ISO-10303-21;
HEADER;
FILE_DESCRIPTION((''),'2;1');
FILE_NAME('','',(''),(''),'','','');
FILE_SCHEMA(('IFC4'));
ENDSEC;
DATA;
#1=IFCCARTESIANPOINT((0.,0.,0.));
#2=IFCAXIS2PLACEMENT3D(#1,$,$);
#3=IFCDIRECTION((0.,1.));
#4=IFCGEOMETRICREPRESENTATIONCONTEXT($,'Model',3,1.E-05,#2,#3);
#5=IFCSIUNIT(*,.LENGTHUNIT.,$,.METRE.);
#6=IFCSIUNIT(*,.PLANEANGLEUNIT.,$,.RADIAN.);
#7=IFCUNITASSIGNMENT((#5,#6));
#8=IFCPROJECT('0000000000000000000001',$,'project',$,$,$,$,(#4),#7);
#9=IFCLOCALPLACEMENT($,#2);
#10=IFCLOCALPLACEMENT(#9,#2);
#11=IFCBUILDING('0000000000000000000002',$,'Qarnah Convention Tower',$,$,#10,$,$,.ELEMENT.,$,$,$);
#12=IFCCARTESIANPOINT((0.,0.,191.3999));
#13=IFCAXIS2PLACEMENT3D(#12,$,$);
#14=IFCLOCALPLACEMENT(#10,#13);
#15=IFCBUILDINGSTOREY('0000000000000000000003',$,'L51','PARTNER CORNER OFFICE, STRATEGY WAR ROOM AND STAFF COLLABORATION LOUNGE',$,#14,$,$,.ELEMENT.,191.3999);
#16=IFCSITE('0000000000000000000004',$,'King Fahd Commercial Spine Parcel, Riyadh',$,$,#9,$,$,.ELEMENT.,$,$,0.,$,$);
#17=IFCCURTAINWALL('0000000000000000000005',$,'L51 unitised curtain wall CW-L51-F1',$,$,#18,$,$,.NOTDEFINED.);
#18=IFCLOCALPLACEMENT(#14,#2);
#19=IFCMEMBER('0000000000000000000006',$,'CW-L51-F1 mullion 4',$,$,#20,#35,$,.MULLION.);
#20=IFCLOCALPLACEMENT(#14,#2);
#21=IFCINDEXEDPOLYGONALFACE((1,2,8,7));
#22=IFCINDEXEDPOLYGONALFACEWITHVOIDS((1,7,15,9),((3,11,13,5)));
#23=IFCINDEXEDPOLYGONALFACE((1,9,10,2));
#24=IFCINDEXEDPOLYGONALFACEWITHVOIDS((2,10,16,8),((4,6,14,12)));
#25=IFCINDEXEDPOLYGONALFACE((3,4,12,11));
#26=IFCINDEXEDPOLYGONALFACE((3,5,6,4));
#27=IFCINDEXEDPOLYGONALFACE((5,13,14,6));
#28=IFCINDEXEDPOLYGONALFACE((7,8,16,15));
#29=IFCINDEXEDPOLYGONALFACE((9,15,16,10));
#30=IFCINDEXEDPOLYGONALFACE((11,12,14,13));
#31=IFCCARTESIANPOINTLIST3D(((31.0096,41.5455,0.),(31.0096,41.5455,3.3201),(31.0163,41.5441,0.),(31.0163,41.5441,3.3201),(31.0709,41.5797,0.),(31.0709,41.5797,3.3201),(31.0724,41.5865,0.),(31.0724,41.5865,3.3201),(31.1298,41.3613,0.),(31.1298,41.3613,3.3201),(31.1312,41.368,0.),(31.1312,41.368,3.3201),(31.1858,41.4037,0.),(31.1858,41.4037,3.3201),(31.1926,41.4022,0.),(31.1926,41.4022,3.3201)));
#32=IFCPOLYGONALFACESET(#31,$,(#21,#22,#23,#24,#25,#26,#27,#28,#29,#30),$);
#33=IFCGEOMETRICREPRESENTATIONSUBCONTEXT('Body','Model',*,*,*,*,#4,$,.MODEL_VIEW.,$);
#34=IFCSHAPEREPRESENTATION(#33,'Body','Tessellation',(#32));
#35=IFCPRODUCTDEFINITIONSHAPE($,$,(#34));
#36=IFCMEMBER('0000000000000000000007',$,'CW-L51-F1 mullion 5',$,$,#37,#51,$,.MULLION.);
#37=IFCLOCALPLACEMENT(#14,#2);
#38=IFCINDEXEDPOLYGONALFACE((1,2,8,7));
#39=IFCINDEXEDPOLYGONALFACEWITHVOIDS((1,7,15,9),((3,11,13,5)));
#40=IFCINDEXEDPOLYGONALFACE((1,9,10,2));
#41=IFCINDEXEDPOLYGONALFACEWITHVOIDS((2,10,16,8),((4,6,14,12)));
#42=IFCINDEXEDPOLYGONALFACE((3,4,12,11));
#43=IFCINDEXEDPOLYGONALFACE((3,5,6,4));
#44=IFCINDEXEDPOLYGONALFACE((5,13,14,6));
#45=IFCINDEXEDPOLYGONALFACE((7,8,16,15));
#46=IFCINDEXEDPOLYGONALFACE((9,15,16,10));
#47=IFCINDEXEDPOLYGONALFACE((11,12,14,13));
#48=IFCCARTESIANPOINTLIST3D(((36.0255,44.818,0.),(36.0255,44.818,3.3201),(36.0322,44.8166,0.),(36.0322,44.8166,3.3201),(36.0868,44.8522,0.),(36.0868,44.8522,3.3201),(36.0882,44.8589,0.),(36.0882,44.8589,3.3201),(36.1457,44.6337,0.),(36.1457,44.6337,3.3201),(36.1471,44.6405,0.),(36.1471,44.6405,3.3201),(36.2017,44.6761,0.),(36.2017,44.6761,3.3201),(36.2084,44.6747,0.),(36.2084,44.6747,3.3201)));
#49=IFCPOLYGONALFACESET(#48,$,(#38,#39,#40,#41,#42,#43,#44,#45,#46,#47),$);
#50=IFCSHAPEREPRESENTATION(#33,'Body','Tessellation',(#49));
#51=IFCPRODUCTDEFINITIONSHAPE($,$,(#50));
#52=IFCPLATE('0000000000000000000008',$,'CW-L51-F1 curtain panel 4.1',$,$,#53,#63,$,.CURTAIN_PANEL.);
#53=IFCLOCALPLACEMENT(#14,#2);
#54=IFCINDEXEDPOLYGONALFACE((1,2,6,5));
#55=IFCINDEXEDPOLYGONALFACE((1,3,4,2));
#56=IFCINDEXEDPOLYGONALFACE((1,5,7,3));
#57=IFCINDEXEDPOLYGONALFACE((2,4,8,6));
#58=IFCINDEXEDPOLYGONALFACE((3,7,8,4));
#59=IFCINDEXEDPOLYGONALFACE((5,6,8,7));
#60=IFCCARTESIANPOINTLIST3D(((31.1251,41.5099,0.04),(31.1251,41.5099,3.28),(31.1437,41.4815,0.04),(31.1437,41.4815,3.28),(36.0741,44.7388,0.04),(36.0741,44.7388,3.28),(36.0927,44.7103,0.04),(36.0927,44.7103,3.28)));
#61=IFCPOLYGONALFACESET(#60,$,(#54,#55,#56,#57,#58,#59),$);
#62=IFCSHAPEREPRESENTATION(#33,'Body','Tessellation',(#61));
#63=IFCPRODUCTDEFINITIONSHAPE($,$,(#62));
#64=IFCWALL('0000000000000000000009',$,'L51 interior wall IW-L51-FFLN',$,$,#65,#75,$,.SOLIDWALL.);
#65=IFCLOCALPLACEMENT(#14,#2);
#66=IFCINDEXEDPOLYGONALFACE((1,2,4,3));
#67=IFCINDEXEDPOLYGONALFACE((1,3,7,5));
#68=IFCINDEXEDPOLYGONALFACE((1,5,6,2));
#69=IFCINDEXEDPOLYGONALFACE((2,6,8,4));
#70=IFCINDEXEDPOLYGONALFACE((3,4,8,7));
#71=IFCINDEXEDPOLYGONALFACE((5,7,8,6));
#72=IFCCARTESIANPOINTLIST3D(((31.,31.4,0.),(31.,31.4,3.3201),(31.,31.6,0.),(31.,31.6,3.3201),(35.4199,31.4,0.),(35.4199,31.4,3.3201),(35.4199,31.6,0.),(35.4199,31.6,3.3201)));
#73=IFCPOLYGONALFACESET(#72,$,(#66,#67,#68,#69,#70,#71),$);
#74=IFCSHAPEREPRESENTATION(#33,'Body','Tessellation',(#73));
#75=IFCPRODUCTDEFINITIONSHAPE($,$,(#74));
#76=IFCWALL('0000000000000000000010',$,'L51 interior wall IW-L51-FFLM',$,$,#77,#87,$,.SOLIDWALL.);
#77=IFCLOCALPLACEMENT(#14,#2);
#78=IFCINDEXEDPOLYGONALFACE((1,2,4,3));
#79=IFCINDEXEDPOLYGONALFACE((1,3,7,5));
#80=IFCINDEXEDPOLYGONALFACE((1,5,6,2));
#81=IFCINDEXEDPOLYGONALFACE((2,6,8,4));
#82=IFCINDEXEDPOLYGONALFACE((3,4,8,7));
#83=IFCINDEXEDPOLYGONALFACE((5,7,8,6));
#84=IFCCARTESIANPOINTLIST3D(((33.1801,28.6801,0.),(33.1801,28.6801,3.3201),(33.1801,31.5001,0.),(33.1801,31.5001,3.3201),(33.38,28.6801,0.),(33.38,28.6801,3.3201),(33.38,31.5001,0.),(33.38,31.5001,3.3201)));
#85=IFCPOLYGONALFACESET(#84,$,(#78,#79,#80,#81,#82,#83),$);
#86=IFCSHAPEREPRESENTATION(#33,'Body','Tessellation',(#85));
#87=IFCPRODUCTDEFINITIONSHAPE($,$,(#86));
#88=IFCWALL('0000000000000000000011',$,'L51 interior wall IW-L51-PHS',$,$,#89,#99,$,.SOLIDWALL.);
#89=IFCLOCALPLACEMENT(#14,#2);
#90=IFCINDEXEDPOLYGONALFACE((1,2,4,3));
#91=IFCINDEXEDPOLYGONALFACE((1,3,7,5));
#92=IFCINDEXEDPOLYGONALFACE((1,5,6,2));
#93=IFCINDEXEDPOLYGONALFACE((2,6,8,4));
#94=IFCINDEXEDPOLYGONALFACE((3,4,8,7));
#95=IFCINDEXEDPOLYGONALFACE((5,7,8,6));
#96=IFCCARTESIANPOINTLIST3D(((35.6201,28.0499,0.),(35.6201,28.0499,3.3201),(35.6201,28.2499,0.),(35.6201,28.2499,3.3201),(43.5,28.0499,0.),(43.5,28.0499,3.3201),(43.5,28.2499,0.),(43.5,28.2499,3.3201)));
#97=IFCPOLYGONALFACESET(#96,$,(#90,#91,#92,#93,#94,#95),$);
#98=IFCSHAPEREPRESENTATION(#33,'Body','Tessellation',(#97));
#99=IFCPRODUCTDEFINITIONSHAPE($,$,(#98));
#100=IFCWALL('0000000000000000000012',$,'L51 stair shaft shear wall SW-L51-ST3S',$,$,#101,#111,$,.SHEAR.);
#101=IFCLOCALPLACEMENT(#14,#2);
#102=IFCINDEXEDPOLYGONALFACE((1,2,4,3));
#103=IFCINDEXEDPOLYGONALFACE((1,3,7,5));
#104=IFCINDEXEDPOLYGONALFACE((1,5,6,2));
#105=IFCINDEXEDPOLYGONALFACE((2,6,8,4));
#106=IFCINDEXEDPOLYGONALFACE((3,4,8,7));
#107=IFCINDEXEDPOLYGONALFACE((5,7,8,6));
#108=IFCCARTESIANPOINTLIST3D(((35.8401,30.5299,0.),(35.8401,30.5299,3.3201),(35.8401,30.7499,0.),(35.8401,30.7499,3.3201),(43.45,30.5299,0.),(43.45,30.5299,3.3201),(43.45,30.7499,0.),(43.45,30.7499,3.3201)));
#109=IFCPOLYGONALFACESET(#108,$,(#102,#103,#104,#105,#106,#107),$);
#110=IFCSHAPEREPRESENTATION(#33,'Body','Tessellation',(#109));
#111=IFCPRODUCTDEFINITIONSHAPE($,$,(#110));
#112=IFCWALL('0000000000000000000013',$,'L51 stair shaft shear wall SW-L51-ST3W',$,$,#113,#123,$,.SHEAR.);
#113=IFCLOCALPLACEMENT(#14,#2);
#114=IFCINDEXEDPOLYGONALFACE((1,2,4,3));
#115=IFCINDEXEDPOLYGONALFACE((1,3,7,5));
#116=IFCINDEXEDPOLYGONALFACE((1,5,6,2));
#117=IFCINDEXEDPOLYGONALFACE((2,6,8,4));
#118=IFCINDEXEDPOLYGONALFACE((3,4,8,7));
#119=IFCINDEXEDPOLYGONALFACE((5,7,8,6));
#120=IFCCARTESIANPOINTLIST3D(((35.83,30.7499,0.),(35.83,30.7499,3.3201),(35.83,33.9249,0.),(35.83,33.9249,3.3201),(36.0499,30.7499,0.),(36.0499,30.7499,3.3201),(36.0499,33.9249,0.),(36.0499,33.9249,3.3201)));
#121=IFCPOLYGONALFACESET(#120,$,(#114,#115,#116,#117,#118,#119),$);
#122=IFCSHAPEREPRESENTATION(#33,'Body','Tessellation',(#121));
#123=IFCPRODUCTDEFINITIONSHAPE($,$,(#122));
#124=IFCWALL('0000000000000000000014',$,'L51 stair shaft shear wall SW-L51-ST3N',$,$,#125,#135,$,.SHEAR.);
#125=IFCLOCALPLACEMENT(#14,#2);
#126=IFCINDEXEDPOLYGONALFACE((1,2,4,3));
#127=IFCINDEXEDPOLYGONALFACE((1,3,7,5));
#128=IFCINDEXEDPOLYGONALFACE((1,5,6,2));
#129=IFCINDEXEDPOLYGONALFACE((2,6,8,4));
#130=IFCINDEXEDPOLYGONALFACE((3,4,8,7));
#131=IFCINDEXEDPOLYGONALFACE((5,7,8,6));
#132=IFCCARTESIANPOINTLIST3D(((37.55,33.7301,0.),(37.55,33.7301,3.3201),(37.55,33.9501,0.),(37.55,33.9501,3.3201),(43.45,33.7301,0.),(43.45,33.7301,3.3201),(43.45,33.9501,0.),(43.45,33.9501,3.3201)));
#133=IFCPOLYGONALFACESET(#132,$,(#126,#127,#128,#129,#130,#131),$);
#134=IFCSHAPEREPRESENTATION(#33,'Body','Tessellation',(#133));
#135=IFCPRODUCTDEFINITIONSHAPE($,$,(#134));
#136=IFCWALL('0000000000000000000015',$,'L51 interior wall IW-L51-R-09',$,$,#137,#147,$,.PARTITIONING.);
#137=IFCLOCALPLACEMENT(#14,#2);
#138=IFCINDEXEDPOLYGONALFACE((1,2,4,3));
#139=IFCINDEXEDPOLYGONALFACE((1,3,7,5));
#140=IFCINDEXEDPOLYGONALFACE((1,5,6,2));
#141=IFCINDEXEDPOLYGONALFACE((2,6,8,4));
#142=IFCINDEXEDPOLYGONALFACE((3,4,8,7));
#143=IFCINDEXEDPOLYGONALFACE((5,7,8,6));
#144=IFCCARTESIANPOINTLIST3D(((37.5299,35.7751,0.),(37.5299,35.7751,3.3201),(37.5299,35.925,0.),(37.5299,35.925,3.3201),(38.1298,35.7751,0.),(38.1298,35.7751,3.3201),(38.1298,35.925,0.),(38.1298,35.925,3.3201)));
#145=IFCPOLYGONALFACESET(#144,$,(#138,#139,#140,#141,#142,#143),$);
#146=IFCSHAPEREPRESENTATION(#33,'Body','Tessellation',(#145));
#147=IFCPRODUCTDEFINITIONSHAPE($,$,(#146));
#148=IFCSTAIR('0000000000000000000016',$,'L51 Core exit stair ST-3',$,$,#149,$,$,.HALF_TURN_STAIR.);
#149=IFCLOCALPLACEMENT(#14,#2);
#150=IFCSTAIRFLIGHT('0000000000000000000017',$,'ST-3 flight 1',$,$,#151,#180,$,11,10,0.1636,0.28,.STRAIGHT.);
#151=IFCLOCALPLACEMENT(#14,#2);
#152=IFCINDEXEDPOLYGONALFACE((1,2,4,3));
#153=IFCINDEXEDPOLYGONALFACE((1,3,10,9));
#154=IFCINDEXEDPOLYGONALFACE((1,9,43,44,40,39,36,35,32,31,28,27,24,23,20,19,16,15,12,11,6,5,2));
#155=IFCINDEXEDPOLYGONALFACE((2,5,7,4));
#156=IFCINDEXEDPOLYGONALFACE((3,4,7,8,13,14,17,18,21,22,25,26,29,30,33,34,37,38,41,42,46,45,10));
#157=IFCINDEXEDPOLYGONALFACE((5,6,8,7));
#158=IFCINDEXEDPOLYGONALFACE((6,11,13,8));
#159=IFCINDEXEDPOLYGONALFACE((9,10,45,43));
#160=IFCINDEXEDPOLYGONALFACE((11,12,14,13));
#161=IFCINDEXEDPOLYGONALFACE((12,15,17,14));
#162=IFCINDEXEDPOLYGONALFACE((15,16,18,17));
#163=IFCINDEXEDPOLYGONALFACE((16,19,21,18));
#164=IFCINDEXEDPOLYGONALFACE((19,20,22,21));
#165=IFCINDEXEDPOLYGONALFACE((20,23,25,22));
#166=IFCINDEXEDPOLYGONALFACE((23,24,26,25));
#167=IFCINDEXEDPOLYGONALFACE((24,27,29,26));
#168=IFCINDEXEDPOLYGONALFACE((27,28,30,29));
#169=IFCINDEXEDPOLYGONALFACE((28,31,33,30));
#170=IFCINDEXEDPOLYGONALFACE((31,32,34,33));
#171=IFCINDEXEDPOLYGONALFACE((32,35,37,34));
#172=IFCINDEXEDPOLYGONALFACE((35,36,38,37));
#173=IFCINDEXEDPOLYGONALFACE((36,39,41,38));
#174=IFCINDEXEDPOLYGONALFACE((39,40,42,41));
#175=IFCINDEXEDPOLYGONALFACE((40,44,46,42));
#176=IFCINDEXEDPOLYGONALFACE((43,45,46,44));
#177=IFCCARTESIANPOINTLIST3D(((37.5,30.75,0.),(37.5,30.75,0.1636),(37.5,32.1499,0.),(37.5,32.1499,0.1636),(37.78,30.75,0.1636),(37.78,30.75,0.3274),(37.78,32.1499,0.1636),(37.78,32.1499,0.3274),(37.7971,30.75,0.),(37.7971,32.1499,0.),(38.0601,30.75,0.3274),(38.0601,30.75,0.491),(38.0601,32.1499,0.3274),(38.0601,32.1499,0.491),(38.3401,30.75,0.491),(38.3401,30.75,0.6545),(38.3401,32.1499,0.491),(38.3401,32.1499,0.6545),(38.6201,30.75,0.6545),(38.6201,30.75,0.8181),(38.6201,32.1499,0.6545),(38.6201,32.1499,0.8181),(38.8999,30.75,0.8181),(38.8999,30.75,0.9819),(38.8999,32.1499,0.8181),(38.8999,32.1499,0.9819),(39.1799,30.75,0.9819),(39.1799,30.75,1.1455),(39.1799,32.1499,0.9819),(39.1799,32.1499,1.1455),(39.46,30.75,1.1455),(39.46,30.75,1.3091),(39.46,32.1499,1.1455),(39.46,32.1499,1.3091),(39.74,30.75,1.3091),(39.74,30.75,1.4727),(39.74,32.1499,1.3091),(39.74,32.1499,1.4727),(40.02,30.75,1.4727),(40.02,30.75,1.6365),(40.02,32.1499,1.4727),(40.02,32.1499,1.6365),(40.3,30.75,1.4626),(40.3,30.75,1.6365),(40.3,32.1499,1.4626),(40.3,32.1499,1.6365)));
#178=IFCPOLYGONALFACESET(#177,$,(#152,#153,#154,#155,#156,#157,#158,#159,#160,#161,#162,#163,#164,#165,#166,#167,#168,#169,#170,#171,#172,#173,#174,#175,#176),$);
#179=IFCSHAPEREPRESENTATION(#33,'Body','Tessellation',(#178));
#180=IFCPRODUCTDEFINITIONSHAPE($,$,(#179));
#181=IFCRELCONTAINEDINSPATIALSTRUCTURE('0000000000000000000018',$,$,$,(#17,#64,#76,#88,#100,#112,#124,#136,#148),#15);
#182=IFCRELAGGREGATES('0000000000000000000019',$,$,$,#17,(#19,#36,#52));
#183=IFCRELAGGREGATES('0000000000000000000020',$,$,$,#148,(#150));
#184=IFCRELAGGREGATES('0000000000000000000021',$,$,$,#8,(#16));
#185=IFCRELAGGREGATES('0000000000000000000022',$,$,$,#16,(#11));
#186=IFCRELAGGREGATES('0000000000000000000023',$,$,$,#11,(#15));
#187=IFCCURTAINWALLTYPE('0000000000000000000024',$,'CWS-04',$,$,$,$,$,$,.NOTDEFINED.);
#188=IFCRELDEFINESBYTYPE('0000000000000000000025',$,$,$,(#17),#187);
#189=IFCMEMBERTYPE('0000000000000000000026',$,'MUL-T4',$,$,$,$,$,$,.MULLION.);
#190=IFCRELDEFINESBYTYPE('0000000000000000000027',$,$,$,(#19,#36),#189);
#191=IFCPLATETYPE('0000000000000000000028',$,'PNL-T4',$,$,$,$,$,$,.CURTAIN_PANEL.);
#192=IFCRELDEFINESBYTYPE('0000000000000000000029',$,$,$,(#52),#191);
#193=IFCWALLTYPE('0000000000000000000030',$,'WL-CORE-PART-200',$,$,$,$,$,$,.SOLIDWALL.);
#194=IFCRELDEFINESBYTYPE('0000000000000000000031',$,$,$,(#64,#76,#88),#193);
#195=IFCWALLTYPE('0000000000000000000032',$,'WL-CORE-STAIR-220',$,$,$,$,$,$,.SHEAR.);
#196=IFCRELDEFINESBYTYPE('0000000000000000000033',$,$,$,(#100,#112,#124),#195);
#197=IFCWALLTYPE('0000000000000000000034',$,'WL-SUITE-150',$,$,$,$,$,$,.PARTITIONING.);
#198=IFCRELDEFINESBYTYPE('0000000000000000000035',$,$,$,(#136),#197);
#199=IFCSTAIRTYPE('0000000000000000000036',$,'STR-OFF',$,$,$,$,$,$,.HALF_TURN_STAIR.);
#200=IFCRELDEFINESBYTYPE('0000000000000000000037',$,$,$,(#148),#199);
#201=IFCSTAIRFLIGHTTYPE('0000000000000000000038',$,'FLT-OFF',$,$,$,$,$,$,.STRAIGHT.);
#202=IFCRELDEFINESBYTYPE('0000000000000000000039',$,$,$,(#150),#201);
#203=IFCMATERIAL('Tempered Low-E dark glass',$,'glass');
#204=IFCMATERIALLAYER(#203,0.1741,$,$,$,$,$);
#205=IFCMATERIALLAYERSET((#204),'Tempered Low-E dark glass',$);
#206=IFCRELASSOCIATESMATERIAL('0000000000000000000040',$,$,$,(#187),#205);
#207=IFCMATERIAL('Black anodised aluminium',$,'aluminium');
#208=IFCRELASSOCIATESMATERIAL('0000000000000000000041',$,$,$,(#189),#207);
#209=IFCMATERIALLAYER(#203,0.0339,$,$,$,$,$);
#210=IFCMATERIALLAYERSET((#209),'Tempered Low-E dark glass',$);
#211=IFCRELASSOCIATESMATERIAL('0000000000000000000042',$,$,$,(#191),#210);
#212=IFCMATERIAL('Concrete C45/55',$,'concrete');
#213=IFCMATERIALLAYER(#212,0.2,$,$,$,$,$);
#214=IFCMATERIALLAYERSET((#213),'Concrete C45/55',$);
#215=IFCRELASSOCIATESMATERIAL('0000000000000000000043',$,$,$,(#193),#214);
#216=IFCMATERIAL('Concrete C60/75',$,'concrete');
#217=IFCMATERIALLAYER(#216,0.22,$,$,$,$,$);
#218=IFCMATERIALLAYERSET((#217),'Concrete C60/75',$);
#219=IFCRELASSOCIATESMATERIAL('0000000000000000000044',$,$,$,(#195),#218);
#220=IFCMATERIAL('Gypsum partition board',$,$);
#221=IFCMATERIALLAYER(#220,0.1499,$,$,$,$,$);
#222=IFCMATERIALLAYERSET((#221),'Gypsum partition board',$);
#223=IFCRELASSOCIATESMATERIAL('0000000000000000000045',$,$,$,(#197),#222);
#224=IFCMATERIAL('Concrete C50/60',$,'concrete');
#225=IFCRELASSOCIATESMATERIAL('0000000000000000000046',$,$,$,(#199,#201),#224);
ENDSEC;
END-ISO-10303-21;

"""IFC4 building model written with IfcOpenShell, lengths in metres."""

from ifc_helpers import new_model, si_unit, direction, frame, frame_2d, origin, origin_2d, place, context, subcontext, project, spatial, polyline, rectangle, hollow_rectangle, outline, extrude, material, layer, layer_set, material_profile, profile_set, type_object, element, aggregate, save


model = new_model("IFC4")

# Units and contexts
model_context = context("Model", 3, precision=1e-05, world=origin(), true_north=direction((0.0, 1.0)))
body_context = subcontext(model_context, "Body", "Model", "MODEL_VIEW")
ifc_project = project(units=[si_unit("LENGTHUNIT", "METRE"), si_unit("PLANEANGLEUNIT", "RADIAN")], contexts=[model_context])

# Site, building, storey
site_placement = place(None, origin())
site = spatial("IfcSite", under=ifc_project, at=site_placement, Name="King Fahd Commercial Spine Parcel, Riyadh", CompositionType="ELEMENT", RefElevation=0.0)
building_placement = place(site_placement, origin())
building = spatial("IfcBuilding", under=site, at=building_placement, Name="Qarnah Convention Tower", CompositionType="ELEMENT")
storey_placement = place(building_placement, frame((0.0, 0.0, 191.3999)))
storey = spatial("IfcBuildingStorey", under=building, at=storey_placement, Name="L51", Description="PARTNER CORNER OFFICE, STRATEGY WAR ROOM AND STAFF COLLABORATION LOUNGE", CompositionType="ELEMENT", Elevation=191.3999)

# Shared definitions
ifc_material_1 = material(Name="Concrete C50/60", Category="concrete")

# Curtain wall, members, plate
ifc_material_2 = material(Name="Tempered Low-E dark glass", Category="glass")
ifc_layer_1 = layer(ifc_material_2, 0.1741)
ifc_layer_set_1 = layer_set([ifc_layer_1], Name="Tempered Low-E dark glass")
curtain_wall_type = type_object("IfcCurtainWallType", Name="CWS-04", PredefinedType="NOTDEFINED", material=ifc_layer_set_1)
curtain_wall_placement = place(storey_placement, origin())
curtain_wall = element("IfcCurtainWall", 1, at=curtain_wall_placement, inside=storey, type_object=curtain_wall_type, Name="L51 unitised curtain wall CW-L51-F1", PredefinedType="NOTDEFINED")
ifc_material_3 = material(Name="Black anodised aluminium", Category="aluminium")
ifc_material_profile_1 = material_profile(ifc_material_3, hollow_rectangle(XDim=0.075, YDim=0.22, WallThickness=0.0049, at=origin_2d()), Name="MUL-75X220")
ifc_profile_set_1 = profile_set([ifc_material_profile_1], Name="Black anodised aluminium")
member_type = type_object("IfcMemberType", Name="MUL-T4", PredefinedType="MULLION", material=ifc_profile_set_1)
member_1_placement = place(storey_placement, frame((31.1011, 41.4739, 0.0), z_axis=(0.0, 0.0, 1.0), x_axis=(0.837512, 0.54642, 0.0)))
member_1 = element("IfcMember", 2, at=member_1_placement, type_object=member_type, Name="CW-L51-F1 mullion 4", PredefinedType="MULLION", context=body_context, shape_type="SweptSolid", body=[
    extrude(hollow_rectangle(XDim=0.075, YDim=0.22, WallThickness=0.0049, at=origin_2d()), origin(), (0.0, 0.0, 1.0), 3.3201),
])
member_2_placement = place(storey_placement, frame((36.1169, 44.7463, 0.0), z_axis=(0.0, 0.0, 1.0), x_axis=(0.837512, 0.54642, 0.0)))
member_2 = element("IfcMember", 3, at=member_2_placement, type_object=member_type, Name="CW-L51-F1 mullion 5", PredefinedType="MULLION", context=body_context, shape_type="SweptSolid", body=[
    extrude(hollow_rectangle(XDim=0.075, YDim=0.22, WallThickness=0.0049, at=origin_2d()), origin(), (0.0, 0.0, 1.0), 3.3201),
])
ifc_layer_2 = layer(ifc_material_2, 0.0339)
ifc_layer_set_2 = layer_set([ifc_layer_2], Name="Tempered Low-E dark glass")
plate_type = type_object("IfcPlateType", Name="PNL-T4", PredefinedType="CURTAIN_PANEL", material=ifc_layer_set_2)
plate_placement = place(storey_placement, frame((33.6089, 43.1101, 0.04), z_axis=(0.0, 0.0, 1.0), x_axis=(0.837512, 0.54642, 0.0)))
plate = element("IfcPlate", 4, at=plate_placement, type_object=plate_type, Name="CW-L51-F1 curtain panel 4.1", PredefinedType="CURTAIN_PANEL", context=body_context, shape_type="SweptSolid", body=[
    extrude(rectangle(XDim=5.9092, YDim=0.0339, at=origin_2d()), origin(), (0.0, 0.0, 1.0), 3.24),
])
aggregate(curtain_wall, [member_1, member_2, plate])

# Shared definitions
ifc_material_4 = material(Name="Concrete C45/55", Category="concrete")
ifc_layer_3 = layer(ifc_material_4, 0.2)
ifc_layer_set_3 = layer_set([ifc_layer_3], Name="Concrete C45/55")
wall_type_1 = type_object("IfcWallType", Name="WL-CORE-PART-200", PredefinedType="SOLIDWALL", material=ifc_layer_set_3)

# Walls
wall_1_placement = place(storey_placement, frame((31.0, 31.5, 0.0), z_axis=(0.0, 0.0, 1.0), x_axis=(1.0, 0.0, 0.0)))
element("IfcWall", 5, at=wall_1_placement, inside=storey, type_object=wall_type_1, Name="L51 interior wall IW-L51-FFLN", PredefinedType="SOLIDWALL", context=body_context, shape_type="SweptSolid", body=[
    extrude(rectangle(XDim=4.4199, YDim=0.2, at=frame_2d((2.21, 0.0))), origin(), (0.0, 0.0, 1.0), 3.3201),
])
wall_2_placement = place(storey_placement, frame((33.28, 28.6799, 0.0), z_axis=(0.0, 0.0, 1.0), x_axis=(0.0, 1.0, 0.0)))
element("IfcWall", 6, at=wall_2_placement, inside=storey, type_object=wall_type_1, Name="L51 interior wall IW-L51-FFLM", PredefinedType="SOLIDWALL", context=body_context, shape_type="SweptSolid", body=[
    extrude(rectangle(XDim=2.8201, YDim=0.2, at=frame_2d((1.4102, 0.0))), origin(), (0.0, 0.0, 1.0), 3.3201),
])
wall_3_placement = place(storey_placement, frame((35.6201, 28.1499, 0.0), z_axis=(0.0, 0.0, 1.0), x_axis=(1.0, 0.0, 0.0)))
element("IfcWall", 7, at=wall_3_placement, inside=storey, type_object=wall_type_1, Name="L51 interior wall IW-L51-PHS", PredefinedType="SOLIDWALL", context=body_context, shape_type="SweptSolid", body=[
    extrude(rectangle(XDim=7.8799, YDim=0.2, at=frame_2d((3.9399, 0.0))), origin(), (0.0, 0.0, 1.0), 3.3201),
])

# Walls
ifc_material_5 = material(Name="Concrete C60/75", Category="concrete")
ifc_layer_4 = layer(ifc_material_5, 0.22)
ifc_layer_set_4 = layer_set([ifc_layer_4], Name="Concrete C60/75")
wall_type_2 = type_object("IfcWallType", Name="WL-CORE-STAIR-220", PredefinedType="SHEAR", material=ifc_layer_set_4)
wall_4_placement = place(storey_placement, frame((35.8401, 30.6399, 0.0), z_axis=(0.0, 0.0, 1.0), x_axis=(1.0, 0.0, 0.0)))
element("IfcWall", 8, at=wall_4_placement, inside=storey, type_object=wall_type_2, Name="L51 stair shaft shear wall SW-L51-ST3S", PredefinedType="SHEAR", context=body_context, shape_type="SweptSolid", body=[
    extrude(rectangle(XDim=7.6099, YDim=0.22, at=frame_2d((3.8049, 0.0))), origin(), (0.0, 0.0, 1.0), 3.3201),
])
wall_5_placement = place(storey_placement, frame((35.9399, 30.75, 0.0), z_axis=(0.0, 0.0, 1.0), x_axis=(0.0, 1.0, 0.0)))
element("IfcWall", 9, at=wall_5_placement, inside=storey, type_object=wall_type_2, Name="L51 stair shaft shear wall SW-L51-ST3W", PredefinedType="SHEAR", context=body_context, shape_type="SweptSolid", body=[
    extrude(rectangle(XDim=3.175, YDim=0.22, at=frame_2d((1.5874, 0.0))), origin(), (0.0, 0.0, 1.0), 3.3201),
])
wall_6_placement = place(storey_placement, frame((37.55, 33.8401, 0.0), z_axis=(0.0, 0.0, 1.0), x_axis=(1.0, 0.0, 0.0)))
element("IfcWall", 10, at=wall_6_placement, inside=storey, type_object=wall_type_2, Name="L51 stair shaft shear wall SW-L51-ST3N", PredefinedType="SHEAR", context=body_context, shape_type="SweptSolid", body=[
    extrude(rectangle(XDim=5.8999, YDim=0.22, at=frame_2d((2.95, 0.0))), origin(), (0.0, 0.0, 1.0), 3.3201),
])
ifc_material_6 = material(Name="Gypsum partition board")
ifc_layer_5 = layer(ifc_material_6, 0.1499)
ifc_layer_set_5 = layer_set([ifc_layer_5], Name="Gypsum partition board")
wall_type_3 = type_object("IfcWallType", Name="WL-SUITE-150", PredefinedType="PARTITIONING", material=ifc_layer_set_5)
wall_7_placement = place(storey_placement, frame((37.53, 35.8501, 0.0), z_axis=(0.0, 0.0, 1.0), x_axis=(1.0, 0.0, 0.0)))
element("IfcWall", 11, at=wall_7_placement, inside=storey, type_object=wall_type_3, Name="L51 interior wall IW-L51-R-09", PredefinedType="PARTITIONING", context=body_context, shape_type="SweptSolid", body=[
    extrude(rectangle(XDim=0.5999, YDim=0.1499, at=frame_2d((0.2998, 0.0))), origin(), (0.0, 0.0, 1.0), 3.3201),
])

# Stair, stair flight
stair_type = type_object("IfcStairType", Name="STR-OFF", PredefinedType="HALF_TURN_STAIR", material=ifc_material_1)
stair_placement = place(storey_placement, origin())
stair = element("IfcStair", 12, at=stair_placement, inside=storey, type_object=stair_type, Name="L51 Core exit stair ST-3", PredefinedType="HALF_TURN_STAIR")
stair_flight_type = type_object("IfcStairFlightType", Name="FLT-OFF", PredefinedType="STRAIGHT", material=ifc_material_1)
stair_flight_placement = place(storey_placement, frame((37.5, 31.45, 0.0), z_axis=(0.0, 0.0, 1.0), x_axis=(1.0, 0.0, 0.0)))
stair_flight = element("IfcStairFlight", 13, at=stair_flight_placement, type_object=stair_flight_type, Name="ST-3 flight 1", NumberOfRisers=11, NumberOfTreads=10, PredefinedType="STRAIGHT", RiserHeight=0.1636, TreadLength=0.28, context=body_context, shape_type="SweptSolid", body=[
    extrude(outline(polyline([(0.0, 0.0), (0.0, 0.1636), (0.28, 0.1636), (0.28, 0.3274), (0.5601, 0.3274), (0.5601, 0.491), (0.8401, 0.491), (0.8401, 0.6545), (1.1201, 0.6545), (1.1201, 0.8181), (1.3999, 0.8181), (1.3999, 0.9819), (1.6799, 0.9819), (1.6799, 1.1455), (1.96, 1.1455), (1.96, 1.3091), (2.24, 1.3091), (2.24, 1.4727), (2.52, 1.4727), (2.52, 1.6365), (2.8, 1.6365), (2.8, 1.8), (2.8, 1.4626), (0.2971, 0.0), (0.0, 0.0)])), frame((0.0, 0.7, 0.0), z_axis=(0.0, -1.0, 0.0), x_axis=(1.0, 0.0, 0.0)), (0.0, 0.0, 1.0), 1.3999),
])
aggregate(stair, [stair_flight])

save(model, "model.ifc")
